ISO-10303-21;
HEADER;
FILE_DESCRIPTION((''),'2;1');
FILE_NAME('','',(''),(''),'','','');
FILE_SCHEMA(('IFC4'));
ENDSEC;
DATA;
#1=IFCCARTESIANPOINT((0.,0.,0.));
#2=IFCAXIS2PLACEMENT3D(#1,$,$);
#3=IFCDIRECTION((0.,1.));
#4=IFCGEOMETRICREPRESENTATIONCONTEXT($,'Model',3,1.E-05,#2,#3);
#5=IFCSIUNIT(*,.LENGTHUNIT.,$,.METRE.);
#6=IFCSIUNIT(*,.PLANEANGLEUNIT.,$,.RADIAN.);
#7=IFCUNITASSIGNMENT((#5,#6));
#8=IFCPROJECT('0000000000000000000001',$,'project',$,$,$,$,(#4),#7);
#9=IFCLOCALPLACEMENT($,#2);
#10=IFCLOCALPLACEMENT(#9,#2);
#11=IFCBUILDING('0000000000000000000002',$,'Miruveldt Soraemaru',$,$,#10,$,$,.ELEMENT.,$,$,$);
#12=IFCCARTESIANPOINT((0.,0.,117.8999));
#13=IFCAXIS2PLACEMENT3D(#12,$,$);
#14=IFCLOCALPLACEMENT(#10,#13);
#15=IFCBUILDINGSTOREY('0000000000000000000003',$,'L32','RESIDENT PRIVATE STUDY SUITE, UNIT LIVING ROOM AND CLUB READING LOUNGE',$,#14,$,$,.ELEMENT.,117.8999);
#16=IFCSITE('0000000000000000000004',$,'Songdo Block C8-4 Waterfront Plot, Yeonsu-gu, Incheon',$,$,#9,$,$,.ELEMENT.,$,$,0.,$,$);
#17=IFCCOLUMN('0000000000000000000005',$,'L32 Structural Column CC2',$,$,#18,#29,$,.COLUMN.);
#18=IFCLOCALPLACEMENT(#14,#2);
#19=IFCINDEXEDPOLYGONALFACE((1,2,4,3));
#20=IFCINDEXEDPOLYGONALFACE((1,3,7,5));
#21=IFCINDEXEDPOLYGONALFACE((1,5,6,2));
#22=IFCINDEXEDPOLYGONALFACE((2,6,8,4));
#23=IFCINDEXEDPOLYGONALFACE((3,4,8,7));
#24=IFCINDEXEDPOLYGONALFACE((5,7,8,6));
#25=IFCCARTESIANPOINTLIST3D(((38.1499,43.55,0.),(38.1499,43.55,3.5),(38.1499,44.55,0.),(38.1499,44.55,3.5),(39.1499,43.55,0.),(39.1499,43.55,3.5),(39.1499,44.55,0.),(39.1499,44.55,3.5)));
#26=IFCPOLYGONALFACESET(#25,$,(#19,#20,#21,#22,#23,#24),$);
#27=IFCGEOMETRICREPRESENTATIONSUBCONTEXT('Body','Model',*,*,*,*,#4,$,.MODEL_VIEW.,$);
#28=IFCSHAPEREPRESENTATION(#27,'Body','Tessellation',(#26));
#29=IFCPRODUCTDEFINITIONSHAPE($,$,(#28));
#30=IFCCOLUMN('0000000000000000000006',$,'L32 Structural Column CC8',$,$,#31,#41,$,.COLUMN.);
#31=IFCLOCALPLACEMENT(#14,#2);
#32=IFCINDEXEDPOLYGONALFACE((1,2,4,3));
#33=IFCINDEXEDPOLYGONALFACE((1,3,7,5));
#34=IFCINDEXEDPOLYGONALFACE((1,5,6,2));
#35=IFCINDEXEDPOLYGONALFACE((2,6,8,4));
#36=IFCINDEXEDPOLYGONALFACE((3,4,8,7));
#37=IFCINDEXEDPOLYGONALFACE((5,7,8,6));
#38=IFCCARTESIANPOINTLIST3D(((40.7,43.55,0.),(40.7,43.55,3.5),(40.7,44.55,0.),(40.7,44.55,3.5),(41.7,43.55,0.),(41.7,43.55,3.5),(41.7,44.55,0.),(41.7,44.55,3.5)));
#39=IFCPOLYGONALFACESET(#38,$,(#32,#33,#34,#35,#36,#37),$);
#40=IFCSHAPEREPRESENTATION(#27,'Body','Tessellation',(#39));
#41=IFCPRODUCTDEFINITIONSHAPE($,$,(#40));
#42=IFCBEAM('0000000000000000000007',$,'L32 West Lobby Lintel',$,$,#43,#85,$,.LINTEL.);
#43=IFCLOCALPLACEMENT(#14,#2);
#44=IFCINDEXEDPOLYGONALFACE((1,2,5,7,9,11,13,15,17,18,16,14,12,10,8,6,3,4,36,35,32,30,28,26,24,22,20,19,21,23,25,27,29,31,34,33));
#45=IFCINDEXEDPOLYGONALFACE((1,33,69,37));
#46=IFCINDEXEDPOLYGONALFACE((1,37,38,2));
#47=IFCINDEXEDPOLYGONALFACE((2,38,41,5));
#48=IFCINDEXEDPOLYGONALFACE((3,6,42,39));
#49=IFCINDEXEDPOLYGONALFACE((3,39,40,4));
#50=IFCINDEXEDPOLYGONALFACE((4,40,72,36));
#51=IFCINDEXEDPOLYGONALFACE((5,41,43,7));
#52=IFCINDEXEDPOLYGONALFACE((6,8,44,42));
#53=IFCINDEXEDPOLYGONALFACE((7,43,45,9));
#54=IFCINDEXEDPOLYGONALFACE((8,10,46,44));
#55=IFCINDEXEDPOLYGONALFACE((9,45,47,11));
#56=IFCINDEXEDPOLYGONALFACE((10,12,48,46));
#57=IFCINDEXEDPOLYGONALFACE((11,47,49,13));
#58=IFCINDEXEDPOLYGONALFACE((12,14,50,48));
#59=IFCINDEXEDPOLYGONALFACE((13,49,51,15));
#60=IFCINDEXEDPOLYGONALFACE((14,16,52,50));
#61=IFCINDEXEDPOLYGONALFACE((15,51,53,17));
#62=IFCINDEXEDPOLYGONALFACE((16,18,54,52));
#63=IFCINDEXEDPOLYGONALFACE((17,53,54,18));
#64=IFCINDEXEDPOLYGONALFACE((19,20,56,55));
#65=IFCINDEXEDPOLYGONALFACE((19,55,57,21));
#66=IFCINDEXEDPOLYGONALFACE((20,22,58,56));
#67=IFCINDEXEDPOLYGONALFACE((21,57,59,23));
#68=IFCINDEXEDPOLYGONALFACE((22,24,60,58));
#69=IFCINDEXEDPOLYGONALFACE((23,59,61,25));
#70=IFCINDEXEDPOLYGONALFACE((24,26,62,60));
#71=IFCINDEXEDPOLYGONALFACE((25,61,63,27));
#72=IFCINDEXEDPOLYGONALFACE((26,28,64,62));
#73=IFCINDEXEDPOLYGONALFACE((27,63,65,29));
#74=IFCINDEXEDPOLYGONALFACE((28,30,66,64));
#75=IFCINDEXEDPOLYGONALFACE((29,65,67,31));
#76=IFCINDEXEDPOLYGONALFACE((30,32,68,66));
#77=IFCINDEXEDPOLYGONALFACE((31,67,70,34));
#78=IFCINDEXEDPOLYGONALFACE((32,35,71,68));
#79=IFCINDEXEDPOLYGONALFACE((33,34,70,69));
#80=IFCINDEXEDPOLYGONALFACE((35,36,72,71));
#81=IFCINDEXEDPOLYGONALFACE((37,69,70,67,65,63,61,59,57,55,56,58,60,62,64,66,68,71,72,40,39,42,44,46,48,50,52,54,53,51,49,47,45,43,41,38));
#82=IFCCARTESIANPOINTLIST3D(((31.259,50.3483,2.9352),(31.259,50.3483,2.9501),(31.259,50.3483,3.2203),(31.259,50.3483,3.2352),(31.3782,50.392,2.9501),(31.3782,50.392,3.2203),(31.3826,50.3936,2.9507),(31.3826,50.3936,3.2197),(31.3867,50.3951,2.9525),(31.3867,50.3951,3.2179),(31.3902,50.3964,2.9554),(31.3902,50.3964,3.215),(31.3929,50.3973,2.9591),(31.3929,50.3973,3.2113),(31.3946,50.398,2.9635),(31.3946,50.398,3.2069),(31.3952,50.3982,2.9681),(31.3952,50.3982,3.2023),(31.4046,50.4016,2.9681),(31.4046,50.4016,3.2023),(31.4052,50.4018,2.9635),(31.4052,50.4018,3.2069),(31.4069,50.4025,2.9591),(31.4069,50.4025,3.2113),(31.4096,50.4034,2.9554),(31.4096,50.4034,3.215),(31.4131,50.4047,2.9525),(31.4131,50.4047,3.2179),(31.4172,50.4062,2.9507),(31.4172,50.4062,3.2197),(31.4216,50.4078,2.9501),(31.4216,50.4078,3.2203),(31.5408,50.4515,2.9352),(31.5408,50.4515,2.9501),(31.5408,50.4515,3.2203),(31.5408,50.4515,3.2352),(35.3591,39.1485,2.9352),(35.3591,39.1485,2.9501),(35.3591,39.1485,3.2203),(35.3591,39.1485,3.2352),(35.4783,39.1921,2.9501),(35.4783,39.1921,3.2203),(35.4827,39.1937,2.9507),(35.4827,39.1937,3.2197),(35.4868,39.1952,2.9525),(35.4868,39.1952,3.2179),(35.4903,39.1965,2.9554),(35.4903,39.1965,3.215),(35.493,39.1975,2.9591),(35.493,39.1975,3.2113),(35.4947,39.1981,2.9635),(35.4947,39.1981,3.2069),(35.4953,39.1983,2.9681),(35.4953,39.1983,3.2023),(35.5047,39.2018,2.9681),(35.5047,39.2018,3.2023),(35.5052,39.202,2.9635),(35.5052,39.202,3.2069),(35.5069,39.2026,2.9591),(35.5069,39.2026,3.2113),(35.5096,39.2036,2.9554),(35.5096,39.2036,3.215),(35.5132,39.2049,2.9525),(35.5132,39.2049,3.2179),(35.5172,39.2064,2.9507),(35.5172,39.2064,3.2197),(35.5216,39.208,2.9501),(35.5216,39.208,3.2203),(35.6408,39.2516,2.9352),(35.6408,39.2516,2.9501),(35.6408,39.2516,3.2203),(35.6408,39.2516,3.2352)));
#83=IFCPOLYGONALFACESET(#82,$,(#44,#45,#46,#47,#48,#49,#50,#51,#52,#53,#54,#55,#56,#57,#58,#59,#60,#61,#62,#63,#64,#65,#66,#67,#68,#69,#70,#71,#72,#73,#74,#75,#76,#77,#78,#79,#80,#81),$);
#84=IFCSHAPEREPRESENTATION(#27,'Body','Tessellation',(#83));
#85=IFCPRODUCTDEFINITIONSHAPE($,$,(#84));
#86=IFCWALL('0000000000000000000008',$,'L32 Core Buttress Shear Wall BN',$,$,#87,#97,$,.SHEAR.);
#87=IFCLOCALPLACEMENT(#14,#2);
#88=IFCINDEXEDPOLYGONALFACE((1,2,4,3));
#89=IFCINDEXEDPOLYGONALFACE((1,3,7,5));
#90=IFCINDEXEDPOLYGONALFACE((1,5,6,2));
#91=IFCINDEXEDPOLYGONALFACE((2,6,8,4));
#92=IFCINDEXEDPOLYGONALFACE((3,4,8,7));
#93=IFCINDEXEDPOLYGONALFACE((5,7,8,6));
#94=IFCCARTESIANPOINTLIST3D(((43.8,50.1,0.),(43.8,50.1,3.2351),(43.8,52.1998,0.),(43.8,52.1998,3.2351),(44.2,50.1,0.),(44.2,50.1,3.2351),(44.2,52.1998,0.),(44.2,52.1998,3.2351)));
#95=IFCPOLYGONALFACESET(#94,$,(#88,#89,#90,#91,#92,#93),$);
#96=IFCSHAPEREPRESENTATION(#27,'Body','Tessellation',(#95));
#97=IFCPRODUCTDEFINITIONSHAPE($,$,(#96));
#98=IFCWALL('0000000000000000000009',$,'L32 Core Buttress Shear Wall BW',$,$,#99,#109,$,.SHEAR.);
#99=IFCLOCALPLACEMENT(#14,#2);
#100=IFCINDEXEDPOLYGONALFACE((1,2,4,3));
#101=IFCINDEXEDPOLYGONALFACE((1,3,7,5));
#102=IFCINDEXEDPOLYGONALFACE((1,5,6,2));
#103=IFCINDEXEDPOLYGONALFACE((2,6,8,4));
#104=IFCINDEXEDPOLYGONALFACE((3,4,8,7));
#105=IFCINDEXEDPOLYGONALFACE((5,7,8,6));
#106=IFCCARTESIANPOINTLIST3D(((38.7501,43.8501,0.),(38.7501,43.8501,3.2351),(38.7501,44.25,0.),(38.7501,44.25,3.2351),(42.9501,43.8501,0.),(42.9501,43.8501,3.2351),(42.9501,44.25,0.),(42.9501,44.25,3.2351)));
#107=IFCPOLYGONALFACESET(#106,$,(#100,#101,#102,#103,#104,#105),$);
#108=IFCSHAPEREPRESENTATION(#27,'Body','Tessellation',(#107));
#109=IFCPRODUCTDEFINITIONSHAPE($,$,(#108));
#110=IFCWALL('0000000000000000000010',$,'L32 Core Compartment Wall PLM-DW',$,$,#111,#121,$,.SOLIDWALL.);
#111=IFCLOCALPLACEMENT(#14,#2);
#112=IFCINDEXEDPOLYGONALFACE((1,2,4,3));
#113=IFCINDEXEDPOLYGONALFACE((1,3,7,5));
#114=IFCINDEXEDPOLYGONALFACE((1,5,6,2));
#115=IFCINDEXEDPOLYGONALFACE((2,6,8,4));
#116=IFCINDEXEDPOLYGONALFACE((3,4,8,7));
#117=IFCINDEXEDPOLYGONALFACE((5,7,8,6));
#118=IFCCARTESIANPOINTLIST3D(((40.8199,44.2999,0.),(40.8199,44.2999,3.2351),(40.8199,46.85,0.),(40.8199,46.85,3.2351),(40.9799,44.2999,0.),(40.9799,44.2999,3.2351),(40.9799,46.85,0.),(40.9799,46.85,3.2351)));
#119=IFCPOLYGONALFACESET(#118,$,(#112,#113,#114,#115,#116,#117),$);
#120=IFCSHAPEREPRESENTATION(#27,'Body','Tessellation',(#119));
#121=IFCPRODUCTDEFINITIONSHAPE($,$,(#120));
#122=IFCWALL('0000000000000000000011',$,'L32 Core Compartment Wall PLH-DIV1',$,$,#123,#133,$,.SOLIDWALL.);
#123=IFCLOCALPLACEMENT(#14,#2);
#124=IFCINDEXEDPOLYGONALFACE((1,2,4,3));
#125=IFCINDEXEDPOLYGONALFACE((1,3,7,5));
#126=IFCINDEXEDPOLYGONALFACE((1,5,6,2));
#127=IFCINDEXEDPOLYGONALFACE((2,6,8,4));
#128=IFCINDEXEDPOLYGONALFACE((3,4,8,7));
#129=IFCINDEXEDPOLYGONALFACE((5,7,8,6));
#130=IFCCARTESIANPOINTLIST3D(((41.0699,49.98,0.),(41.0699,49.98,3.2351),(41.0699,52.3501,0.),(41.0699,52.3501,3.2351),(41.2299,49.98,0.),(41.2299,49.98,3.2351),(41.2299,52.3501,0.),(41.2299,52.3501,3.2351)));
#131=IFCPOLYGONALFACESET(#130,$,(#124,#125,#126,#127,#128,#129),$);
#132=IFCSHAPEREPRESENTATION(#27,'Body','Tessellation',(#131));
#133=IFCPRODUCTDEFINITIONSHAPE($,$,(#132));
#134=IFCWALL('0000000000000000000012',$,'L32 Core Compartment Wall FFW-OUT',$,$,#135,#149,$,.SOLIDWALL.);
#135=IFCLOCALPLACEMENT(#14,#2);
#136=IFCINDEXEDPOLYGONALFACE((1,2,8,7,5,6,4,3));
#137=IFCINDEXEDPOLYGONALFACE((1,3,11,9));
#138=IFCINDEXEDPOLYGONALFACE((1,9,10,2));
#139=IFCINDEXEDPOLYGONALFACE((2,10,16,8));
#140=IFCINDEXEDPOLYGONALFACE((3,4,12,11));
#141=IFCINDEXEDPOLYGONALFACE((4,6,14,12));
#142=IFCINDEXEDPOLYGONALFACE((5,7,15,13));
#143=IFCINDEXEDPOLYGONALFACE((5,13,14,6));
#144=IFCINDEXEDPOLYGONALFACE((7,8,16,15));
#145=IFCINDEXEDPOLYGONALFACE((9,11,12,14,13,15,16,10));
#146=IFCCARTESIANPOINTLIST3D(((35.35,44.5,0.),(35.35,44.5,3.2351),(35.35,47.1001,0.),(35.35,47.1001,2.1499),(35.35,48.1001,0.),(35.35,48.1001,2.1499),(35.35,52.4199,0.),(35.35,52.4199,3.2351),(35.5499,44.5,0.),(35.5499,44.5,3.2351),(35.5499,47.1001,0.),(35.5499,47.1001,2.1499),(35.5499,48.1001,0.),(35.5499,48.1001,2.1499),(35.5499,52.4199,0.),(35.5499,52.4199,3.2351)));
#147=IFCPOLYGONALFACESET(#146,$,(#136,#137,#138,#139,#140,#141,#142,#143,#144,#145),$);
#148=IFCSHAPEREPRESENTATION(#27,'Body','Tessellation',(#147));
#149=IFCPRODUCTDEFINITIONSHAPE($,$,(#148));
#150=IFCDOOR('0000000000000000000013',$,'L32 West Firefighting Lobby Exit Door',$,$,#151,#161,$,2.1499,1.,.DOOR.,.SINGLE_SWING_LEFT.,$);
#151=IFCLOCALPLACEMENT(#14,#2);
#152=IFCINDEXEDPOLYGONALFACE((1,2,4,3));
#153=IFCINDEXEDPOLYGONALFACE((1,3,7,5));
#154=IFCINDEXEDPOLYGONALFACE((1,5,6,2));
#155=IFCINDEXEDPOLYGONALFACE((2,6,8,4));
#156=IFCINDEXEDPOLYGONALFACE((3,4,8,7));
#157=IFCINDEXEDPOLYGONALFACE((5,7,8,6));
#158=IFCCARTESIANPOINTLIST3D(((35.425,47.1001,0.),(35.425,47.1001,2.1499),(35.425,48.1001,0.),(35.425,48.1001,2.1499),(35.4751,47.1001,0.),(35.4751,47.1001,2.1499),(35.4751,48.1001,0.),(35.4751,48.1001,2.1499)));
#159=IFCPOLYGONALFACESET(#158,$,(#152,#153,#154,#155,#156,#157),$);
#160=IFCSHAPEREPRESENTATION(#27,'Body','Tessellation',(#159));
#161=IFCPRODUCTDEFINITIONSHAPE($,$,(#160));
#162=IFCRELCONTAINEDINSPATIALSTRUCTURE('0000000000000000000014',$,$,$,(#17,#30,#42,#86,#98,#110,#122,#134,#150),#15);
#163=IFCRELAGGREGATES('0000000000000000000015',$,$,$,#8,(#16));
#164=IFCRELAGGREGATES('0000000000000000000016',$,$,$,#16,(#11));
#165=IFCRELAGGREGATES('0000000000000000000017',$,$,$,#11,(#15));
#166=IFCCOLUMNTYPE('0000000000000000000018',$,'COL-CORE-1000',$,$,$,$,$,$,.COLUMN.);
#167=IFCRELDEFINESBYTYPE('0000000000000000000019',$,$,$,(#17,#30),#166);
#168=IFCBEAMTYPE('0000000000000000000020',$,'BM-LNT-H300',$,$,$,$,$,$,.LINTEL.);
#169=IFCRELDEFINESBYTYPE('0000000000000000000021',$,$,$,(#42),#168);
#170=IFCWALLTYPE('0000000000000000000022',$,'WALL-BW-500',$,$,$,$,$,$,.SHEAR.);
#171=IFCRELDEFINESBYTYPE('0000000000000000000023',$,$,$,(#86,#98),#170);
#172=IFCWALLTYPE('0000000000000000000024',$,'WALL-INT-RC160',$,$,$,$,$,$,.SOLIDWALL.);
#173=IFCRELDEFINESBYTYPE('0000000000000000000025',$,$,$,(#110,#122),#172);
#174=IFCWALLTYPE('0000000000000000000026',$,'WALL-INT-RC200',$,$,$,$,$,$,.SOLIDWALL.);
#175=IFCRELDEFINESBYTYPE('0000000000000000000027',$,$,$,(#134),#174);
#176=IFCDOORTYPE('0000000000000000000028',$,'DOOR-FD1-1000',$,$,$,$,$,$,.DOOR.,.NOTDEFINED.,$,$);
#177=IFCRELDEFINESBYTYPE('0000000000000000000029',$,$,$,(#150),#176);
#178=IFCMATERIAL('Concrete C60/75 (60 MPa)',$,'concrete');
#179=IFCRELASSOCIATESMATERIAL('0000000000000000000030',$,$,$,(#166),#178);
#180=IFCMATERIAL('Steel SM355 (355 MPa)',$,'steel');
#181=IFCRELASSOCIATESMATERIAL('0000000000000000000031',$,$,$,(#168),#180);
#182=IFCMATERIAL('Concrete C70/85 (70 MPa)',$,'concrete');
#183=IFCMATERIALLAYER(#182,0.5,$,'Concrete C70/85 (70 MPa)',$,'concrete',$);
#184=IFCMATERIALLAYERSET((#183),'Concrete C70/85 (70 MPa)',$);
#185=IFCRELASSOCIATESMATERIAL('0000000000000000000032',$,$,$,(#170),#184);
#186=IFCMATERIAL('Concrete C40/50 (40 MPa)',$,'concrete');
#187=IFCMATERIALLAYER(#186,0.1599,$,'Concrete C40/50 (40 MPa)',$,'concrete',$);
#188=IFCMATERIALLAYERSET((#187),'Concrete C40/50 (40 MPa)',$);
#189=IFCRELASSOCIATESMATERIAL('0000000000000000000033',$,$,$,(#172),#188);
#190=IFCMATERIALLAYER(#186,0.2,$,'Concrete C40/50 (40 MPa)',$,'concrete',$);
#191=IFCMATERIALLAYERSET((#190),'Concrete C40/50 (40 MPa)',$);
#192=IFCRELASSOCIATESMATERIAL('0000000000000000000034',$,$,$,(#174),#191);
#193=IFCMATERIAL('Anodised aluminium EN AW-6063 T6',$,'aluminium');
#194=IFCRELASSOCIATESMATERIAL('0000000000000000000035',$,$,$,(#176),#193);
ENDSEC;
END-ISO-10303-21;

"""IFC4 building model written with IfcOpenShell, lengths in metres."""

from ifc_helpers import new_model, si_unit, direction, frame, frame_2d, origin, origin_2d, place, context, subcontext, project, spatial, rectangle, i_section, extrude, material, layer, layer_set, material_profile, profile_set, type_object, element, fill, save


model = new_model("IFC4")

# Units and contexts
model_context = context("Model", 3, precision=1e-05, world=origin(), true_north=direction((0.0, 1.0)))
body_context = subcontext(model_context, "Body", "Model", "MODEL_VIEW")
ifc_project = project(units=[si_unit("LENGTHUNIT", "METRE"), si_unit("PLANEANGLEUNIT", "RADIAN")], contexts=[model_context])

# Site, building, storey
site_placement = place(None, origin())
site = spatial("IfcSite", under=ifc_project, at=site_placement, Name="Songdo Block C8-4 Waterfront Plot, Yeonsu-gu, Incheon", CompositionType="ELEMENT", RefElevation=0.0)
building_placement = place(site_placement, origin())
building = spatial("IfcBuilding", under=site, at=building_placement, Name="Miruveldt Soraemaru", CompositionType="ELEMENT")
storey_placement = place(building_placement, frame((0.0, 0.0, 117.8999)))
storey = spatial("IfcBuildingStorey", under=building, at=storey_placement, Name="L32", Description="RESIDENT PRIVATE STUDY SUITE, UNIT LIVING ROOM AND CLUB READING LOUNGE", CompositionType="ELEMENT", Elevation=117.8999)

# Columns
ifc_material_1 = material(Name="Concrete C60/75 (60 MPa)", Category="concrete")
ifc_material_profile_1 = material_profile(ifc_material_1, rectangle(XDim=1.0, YDim=1.0, at=origin_2d()), Name="Concrete C60/75 (60 MPa)", Category="concrete")
ifc_profile_set_1 = profile_set([ifc_material_profile_1], Name="Concrete C60/75 (60 MPa)")
column_type = type_object("IfcColumnType", Name="COL-CORE-1000", PredefinedType="COLUMN", material=ifc_profile_set_1)
for number, where, z_axis, x_axis, name in (
    (1, (38.6499, 44.05, 0.0), (0.0, 0.0, 1.0), (1.0, 0.0, 0.0), "L32 Structural Column CC2"),
    (2, (41.2, 44.05, 0.0), (0.0, 0.0, 1.0), (1.0, 0.0, 0.0), "L32 Structural Column CC8"),
):
    element("IfcColumn", number, at=place(storey_placement, frame(where, z_axis=z_axis, x_axis=x_axis)), inside=storey, type_object=column_type, Name=name, PredefinedType="COLUMN", context=body_context, shape_type="SweptSolid", body=[
        extrude(rectangle(XDim=1.0, YDim=1.0, at=origin_2d()), origin(), (0.0, 0.0, 1.0), 3.5),
    ])

# Beam
ifc_material_2 = material(Name="Steel SM355 (355 MPa)", Category="steel")
ifc_material_profile_2 = material_profile(ifc_material_2, i_section(OverallWidth=0.3, OverallDepth=0.3, WebThickness=0.01, FlangeThickness=0.0149, FilletRadius=0.0181, at=origin_2d()), Name="Steel SM355 (355 MPa)", Category="steel")
ifc_profile_set_2 = profile_set([ifc_material_profile_2], Name="Steel SM355 (355 MPa)")
beam_type = type_object("IfcBeamType", Name="BM-LNT-H300", PredefinedType="LINTEL", material=ifc_profile_set_2)
beam_placement = place(storey_placement, frame((31.3999, 50.3999, 3.0852), z_axis=(0.34377, -0.939054, 0.0), x_axis=(0.939054, 0.34377, 0.0)))
element("IfcBeam", 3, at=beam_placement, inside=storey, type_object=beam_type, Name="L32 West Lobby Lintel", PredefinedType="LINTEL", context=body_context, shape_type="SweptSolid", body=[
    extrude(i_section(OverallWidth=0.3, OverallDepth=0.3, WebThickness=0.01, FlangeThickness=0.0149, FilletRadius=0.0181, at=origin_2d()), origin(), (0.0, 0.0, 1.0), 11.9268),
])

# Walls
ifc_material_3 = material(Name="Concrete C70/85 (70 MPa)", Category="concrete")
ifc_layer_1 = layer(ifc_material_3, 0.5, Name="Concrete C70/85 (70 MPa)", Category="concrete")
ifc_layer_set_1 = layer_set([ifc_layer_1], Name="Concrete C70/85 (70 MPa)")
wall_type_1 = type_object("IfcWallType", Name="WALL-BW-500", PredefinedType="SHEAR", material=ifc_layer_set_1)
wall_1_placement = place(storey_placement, frame((44.0, 50.1001, 0.0), z_axis=(0.0, 0.0, 1.0), x_axis=(0.0, 1.0, 0.0)))
element("IfcWall", 4, at=wall_1_placement, inside=storey, type_object=wall_type_1, Name="L32 Core Buttress Shear Wall BN", PredefinedType="SHEAR", context=body_context, shape_type="SweptSolid", body=[
    extrude(rectangle(XDim=2.0999, YDim=0.3999, at=frame_2d((1.0498, 0.0))), origin(), (0.0, 0.0, 1.0), 3.2351),
])
wall_2_placement = place(storey_placement, frame((38.75, 44.05, 0.0), z_axis=(0.0, 0.0, 1.0), x_axis=(1.0, 0.0, 0.0)))
element("IfcWall", 5, at=wall_2_placement, inside=storey, type_object=wall_type_1, Name="L32 Core Buttress Shear Wall BW", PredefinedType="SHEAR", context=body_context, shape_type="SweptSolid", body=[
    extrude(rectangle(XDim=4.2, YDim=0.3999, at=frame_2d((2.1001, 0.0))), origin(), (0.0, 0.0, 1.0), 3.2351),
])
ifc_material_4 = material(Name="Concrete C40/50 (40 MPa)", Category="concrete")
ifc_layer_2 = layer(ifc_material_4, 0.1599, Name="Concrete C40/50 (40 MPa)", Category="concrete")
ifc_layer_set_2 = layer_set([ifc_layer_2], Name="Concrete C40/50 (40 MPa)")
wall_type_2 = type_object("IfcWallType", Name="WALL-INT-RC160", PredefinedType="SOLIDWALL", material=ifc_layer_set_2)
wall_3_placement = place(storey_placement, frame((40.8999, 44.3, 0.0), z_axis=(0.0, 0.0, 1.0), x_axis=(0.0, 1.0, 0.0)))
element("IfcWall", 6, at=wall_3_placement, inside=storey, type_object=wall_type_2, Name="L32 Core Compartment Wall PLM-DW", PredefinedType="SOLIDWALL", context=body_context, shape_type="SweptSolid", body=[
    extrude(rectangle(XDim=2.55, YDim=0.1599, at=frame_2d((1.2749, 0.0))), origin(), (0.0, 0.0, 1.0), 3.2351),
])
wall_4_placement = place(storey_placement, frame((41.1499, 49.98, 0.0), z_axis=(0.0, 0.0, 1.0), x_axis=(0.0, 1.0, 0.0)))
element("IfcWall", 7, at=wall_4_placement, inside=storey, type_object=wall_type_2, Name="L32 Core Compartment Wall PLH-DIV1", PredefinedType="SOLIDWALL", context=body_context, shape_type="SweptSolid", body=[
    extrude(rectangle(XDim=2.3701, YDim=0.1599, at=frame_2d((1.1851, 0.0))), origin(), (0.0, 0.0, 1.0), 3.2351),
])

# Wall, opening, door
ifc_layer_3 = layer(ifc_material_4, 0.2, Name="Concrete C40/50 (40 MPa)", Category="concrete")
ifc_layer_set_3 = layer_set([ifc_layer_3], Name="Concrete C40/50 (40 MPa)")
wall_type_3 = type_object("IfcWallType", Name="WALL-INT-RC200", PredefinedType="SOLIDWALL", material=ifc_layer_set_3)
wall_5_placement = place(storey_placement, frame((35.45, 44.5, 0.0), z_axis=(0.0, 0.0, 1.0), x_axis=(0.0, 1.0, 0.0)))
wall_5 = element("IfcWall", 8, at=wall_5_placement, inside=storey, type_object=wall_type_3, Name="L32 Core Compartment Wall FFW-OUT", PredefinedType="SOLIDWALL", context=body_context, shape_type="SweptSolid", body=[
    extrude(rectangle(XDim=7.9199, YDim=0.2, at=frame_2d((3.96, 0.0))), origin(), (0.0, 0.0, 1.0), 3.2351),
])
opening_1_placement = place(wall_5_placement, frame((2.6001, 0.0, 0.0)))
opening_1 = element("IfcOpeningElement", 9, at=opening_1_placement, cuts=wall_5, PredefinedType="OPENING", context=body_context, shape_type="SweptSolid", body=[
    extrude(rectangle(XDim=1.0, YDim=2.1499, at=frame_2d((0.5, 1.075))), frame((0.0, 0.1099, 0.0), z_axis=(0.0, -1.0, 0.0), x_axis=(1.0, 0.0, 0.0)), (0.0, 0.0, 1.0), 0.22),
])
ifc_material_5 = material(Name="Anodised aluminium EN AW-6063 T6", Category="aluminium")
door_type_1 = type_object("IfcDoorType", Name="DOOR-FD1-1000", OperationType="NOTDEFINED", PredefinedType="DOOR", material=ifc_material_5)
door_1_placement = place(opening_1_placement, origin())
door_1 = element("IfcDoor", 10, at=door_1_placement, inside=storey, type_object=door_type_1, Name="L32 West Firefighting Lobby Exit Door", OperationType="SINGLE_SWING_LEFT", OverallHeight=2.1499, OverallWidth=1.0, PredefinedType="DOOR", context=body_context, shape_type="SweptSolid", body=[
    extrude(rectangle(XDim=1.0, YDim=2.1499, at=frame_2d((0.5, 1.075))), frame((0.0, 0.0249, 0.0), z_axis=(0.0, -1.0, 0.0), x_axis=(1.0, 0.0, 0.0)), (0.0, 0.0, 1.0), 0.05),
])
fill(opening_1, door_1)

save(model, "model.ifc")
